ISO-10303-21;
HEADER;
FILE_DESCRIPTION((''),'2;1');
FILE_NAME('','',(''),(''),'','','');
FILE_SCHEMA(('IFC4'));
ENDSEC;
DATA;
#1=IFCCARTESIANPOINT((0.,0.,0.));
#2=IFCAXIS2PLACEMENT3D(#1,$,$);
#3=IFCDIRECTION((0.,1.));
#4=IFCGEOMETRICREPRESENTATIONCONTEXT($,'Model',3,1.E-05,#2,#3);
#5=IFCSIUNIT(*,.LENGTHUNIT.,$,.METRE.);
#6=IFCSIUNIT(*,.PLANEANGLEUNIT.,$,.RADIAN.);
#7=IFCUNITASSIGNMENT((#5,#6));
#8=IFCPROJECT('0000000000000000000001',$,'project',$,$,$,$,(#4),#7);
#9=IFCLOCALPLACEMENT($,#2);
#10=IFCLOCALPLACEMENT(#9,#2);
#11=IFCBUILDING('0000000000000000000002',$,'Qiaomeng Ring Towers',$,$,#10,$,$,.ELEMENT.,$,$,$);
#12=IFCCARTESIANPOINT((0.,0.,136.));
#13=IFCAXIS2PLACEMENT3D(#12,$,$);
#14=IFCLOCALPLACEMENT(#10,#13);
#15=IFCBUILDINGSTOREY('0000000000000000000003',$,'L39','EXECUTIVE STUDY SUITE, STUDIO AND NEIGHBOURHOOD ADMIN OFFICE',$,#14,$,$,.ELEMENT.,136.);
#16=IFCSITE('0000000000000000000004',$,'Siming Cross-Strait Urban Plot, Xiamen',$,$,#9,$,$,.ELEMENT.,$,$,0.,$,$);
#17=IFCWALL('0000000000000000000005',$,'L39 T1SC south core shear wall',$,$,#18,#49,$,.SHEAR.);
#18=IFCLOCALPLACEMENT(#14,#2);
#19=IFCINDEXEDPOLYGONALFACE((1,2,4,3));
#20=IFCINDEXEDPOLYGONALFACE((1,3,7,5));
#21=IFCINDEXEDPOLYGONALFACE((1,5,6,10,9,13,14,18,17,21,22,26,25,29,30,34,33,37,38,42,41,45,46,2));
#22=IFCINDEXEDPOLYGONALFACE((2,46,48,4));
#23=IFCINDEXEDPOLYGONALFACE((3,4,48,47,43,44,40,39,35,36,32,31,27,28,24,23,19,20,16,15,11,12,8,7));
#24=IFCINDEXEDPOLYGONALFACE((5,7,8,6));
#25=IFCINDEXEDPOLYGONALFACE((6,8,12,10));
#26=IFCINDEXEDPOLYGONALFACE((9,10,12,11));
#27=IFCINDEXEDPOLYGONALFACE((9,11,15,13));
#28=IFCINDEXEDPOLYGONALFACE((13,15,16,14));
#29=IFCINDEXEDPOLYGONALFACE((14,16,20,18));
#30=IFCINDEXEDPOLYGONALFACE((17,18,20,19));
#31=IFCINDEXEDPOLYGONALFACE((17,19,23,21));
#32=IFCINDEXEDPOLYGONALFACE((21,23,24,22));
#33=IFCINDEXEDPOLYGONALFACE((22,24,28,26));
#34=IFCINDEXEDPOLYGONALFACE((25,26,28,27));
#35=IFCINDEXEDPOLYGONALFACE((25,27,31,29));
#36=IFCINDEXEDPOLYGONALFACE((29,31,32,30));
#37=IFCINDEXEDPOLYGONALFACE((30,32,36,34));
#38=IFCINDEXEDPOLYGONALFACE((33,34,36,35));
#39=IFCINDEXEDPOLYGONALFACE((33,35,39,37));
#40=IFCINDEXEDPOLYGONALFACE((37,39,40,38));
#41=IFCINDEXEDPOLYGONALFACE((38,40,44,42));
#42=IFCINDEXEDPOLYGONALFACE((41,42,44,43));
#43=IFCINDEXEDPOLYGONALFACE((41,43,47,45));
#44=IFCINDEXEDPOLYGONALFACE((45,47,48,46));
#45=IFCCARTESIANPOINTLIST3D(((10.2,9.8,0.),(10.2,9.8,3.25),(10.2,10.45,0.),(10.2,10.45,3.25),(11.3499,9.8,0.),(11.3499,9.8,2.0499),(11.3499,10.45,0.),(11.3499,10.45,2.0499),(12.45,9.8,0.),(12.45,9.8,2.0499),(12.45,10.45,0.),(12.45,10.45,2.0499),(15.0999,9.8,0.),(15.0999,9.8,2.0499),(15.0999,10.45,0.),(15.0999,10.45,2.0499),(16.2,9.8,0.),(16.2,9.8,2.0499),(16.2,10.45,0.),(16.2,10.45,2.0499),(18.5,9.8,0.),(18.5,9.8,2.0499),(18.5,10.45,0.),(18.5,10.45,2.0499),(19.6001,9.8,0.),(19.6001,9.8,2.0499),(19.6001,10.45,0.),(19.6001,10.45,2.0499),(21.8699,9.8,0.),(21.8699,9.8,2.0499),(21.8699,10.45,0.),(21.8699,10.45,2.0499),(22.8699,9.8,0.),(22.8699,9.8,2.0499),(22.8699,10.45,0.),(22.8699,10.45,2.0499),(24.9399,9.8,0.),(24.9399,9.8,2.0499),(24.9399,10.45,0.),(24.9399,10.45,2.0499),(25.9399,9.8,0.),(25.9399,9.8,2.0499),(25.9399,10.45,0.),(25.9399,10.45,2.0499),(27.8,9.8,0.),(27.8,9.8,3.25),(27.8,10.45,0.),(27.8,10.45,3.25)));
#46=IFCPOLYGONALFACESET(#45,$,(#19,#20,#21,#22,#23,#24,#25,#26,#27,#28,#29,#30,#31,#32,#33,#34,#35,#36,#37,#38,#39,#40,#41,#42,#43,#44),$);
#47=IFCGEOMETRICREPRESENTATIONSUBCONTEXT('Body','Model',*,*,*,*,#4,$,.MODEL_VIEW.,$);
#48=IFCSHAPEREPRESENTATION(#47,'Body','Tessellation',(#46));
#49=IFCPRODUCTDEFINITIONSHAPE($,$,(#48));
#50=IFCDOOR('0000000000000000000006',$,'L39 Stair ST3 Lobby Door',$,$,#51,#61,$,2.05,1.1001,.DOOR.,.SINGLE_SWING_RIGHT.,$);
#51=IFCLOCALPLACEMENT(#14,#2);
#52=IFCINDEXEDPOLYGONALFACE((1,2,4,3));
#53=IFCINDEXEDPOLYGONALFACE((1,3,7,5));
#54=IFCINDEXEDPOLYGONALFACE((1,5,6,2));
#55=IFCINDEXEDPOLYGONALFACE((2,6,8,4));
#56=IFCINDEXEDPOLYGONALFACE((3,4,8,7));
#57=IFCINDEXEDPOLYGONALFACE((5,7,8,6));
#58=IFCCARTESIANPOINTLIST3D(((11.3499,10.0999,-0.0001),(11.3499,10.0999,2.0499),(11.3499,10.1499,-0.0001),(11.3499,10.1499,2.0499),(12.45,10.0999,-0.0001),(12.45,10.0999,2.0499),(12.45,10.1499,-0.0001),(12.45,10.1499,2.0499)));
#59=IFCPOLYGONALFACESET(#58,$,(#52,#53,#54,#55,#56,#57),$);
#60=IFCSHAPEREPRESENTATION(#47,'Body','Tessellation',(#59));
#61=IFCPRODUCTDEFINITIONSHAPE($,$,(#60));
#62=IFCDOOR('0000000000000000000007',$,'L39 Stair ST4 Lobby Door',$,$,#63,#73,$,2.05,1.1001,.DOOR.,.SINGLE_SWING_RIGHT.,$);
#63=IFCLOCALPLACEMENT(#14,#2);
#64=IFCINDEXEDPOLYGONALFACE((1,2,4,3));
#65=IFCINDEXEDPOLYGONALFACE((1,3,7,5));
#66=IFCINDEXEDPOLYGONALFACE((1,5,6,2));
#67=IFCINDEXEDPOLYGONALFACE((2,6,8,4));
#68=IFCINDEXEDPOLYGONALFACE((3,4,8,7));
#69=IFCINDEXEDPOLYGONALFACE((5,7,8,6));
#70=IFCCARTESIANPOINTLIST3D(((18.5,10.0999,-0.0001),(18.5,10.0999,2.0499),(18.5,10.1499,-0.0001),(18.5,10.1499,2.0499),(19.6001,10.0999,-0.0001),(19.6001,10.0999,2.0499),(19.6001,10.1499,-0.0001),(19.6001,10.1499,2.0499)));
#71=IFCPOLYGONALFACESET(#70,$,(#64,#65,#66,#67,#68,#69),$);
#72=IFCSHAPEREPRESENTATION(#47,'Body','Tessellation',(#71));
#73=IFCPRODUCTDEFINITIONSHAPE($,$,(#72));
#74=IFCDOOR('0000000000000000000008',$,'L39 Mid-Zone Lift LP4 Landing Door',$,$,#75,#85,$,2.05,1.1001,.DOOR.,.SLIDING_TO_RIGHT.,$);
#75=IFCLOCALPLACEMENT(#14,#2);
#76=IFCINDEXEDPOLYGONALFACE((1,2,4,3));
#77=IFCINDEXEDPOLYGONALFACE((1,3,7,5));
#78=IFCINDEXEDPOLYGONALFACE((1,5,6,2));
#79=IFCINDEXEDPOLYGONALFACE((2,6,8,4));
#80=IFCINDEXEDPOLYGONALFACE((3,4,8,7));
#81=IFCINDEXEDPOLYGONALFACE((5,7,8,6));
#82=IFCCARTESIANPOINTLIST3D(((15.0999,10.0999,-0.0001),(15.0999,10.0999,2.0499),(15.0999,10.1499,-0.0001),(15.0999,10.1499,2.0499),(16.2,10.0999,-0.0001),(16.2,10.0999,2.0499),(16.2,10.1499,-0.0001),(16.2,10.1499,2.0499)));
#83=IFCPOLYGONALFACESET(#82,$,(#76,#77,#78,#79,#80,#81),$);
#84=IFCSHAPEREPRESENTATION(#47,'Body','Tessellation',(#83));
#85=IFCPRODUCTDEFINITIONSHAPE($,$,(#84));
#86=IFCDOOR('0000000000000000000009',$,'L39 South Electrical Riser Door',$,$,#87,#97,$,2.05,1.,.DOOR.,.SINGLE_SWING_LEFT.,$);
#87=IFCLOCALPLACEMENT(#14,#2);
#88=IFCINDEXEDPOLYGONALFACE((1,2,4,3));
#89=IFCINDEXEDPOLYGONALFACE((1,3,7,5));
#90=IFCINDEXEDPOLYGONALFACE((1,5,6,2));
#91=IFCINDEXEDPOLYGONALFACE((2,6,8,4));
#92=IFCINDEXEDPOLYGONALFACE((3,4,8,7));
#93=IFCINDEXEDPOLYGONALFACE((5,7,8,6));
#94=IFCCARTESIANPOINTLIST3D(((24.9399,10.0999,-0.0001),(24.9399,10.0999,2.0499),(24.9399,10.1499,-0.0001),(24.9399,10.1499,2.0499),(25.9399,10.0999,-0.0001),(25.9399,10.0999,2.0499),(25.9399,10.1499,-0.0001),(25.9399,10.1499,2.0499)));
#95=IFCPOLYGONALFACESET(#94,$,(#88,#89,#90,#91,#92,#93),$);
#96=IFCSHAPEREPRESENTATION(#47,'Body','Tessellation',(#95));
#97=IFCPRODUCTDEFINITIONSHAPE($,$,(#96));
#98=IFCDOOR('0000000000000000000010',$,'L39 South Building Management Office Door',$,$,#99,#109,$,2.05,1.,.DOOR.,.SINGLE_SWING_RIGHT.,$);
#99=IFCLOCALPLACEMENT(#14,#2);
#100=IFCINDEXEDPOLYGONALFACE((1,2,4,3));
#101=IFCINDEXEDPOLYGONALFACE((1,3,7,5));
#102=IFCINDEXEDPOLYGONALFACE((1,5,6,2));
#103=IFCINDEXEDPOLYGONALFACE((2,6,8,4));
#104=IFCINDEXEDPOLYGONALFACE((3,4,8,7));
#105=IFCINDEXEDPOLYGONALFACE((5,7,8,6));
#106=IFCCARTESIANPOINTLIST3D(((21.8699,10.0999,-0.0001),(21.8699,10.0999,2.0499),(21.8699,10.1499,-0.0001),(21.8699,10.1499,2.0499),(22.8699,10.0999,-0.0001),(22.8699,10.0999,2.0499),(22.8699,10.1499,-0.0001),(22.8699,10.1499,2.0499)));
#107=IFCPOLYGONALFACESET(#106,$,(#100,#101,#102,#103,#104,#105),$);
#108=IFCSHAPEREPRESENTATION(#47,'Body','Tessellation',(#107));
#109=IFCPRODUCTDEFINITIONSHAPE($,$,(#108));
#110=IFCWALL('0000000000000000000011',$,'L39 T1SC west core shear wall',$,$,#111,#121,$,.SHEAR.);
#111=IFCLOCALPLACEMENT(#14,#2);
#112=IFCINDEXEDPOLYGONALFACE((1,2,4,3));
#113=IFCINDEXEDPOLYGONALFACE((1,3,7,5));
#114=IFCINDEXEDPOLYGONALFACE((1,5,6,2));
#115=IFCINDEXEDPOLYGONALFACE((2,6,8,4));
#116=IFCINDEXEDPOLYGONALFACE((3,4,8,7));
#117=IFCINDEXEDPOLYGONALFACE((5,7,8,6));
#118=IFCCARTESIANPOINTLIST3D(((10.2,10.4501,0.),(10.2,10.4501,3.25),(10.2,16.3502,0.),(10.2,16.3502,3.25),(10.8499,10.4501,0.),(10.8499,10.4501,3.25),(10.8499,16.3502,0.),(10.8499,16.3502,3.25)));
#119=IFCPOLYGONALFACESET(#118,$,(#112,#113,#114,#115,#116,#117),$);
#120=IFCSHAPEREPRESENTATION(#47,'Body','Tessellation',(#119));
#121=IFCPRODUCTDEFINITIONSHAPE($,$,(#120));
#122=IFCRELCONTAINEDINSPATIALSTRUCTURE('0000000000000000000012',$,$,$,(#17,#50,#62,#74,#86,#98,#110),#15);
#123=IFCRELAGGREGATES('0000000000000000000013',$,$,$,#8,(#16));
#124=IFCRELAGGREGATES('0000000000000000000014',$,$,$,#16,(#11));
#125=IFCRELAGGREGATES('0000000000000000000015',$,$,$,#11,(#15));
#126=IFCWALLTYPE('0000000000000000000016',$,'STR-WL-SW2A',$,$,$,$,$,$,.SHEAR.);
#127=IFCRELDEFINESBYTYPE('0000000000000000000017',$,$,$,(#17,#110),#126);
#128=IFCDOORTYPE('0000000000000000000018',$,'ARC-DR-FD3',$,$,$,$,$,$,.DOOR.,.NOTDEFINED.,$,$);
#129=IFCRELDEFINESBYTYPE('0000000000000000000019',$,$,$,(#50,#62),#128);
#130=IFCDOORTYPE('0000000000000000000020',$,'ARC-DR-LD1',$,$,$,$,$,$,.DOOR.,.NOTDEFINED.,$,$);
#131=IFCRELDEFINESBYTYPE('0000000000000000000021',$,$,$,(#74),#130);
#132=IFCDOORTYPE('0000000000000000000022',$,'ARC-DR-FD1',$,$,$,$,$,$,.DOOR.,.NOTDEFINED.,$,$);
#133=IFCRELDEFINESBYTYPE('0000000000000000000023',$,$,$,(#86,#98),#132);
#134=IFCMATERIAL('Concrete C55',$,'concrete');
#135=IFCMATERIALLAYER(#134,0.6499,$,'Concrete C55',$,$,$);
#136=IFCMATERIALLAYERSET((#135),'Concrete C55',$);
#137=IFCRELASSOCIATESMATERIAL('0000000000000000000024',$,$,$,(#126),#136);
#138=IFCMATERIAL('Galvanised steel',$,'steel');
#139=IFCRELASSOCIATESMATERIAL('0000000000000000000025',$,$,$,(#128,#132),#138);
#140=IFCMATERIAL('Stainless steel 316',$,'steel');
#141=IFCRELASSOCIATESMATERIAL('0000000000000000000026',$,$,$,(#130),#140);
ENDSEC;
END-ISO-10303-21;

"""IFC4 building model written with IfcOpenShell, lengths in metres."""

from ifc_helpers import new_model, si_unit, direction, frame, frame_2d, origin, place, context, subcontext, project, spatial, rectangle, extrude, source, transform, mapped, material, layer, layer_set, type_object, element, fill, save


model = new_model("IFC4")

# Units and contexts
model_context = context("Model", 3, precision=1e-05, world=origin(), true_north=direction((0.0, 1.0)))
body_context = subcontext(model_context, "Body", "Model", "MODEL_VIEW")
ifc_project = project(units=[si_unit("LENGTHUNIT", "METRE"), si_unit("PLANEANGLEUNIT", "RADIAN")], contexts=[model_context])

# Site, building, storey
site_placement = place(None, origin())
site = spatial("IfcSite", under=ifc_project, at=site_placement, Name="Siming Cross-Strait Urban Plot, Xiamen", CompositionType="ELEMENT", RefElevation=0.0)
building_placement = place(site_placement, origin())
building = spatial("IfcBuilding", under=site, at=building_placement, Name="Qiaomeng Ring Towers", CompositionType="ELEMENT")
storey_placement = place(building_placement, frame((0.0, 0.0, 136.0)))
storey = spatial("IfcBuildingStorey", under=building, at=storey_placement, Name="L39", Description="EXECUTIVE STUDY SUITE, STUDIO AND NEIGHBOURHOOD ADMIN OFFICE", CompositionType="ELEMENT", Elevation=136.0)

# Shared definitions
shared_shape_1 = source(origin(), body_context, "Body", "SweptSolid", [
    extrude(rectangle(XDim=1.0, YDim=2.05, at=frame_2d((0.5, 1.0249))), frame((0.0, 0.0249, 0.0), z_axis=(0.0, -1.0, 0.0), x_axis=(1.0, 0.0, 0.0)), (0.0, 0.0, 1.0), 0.05),
])

# Wall, openings, doors
ifc_material_1 = material(Name="Concrete C55", Category="concrete")
ifc_layer_1 = layer(ifc_material_1, 0.6499, Name="Concrete C55")
ifc_layer_set_1 = layer_set([ifc_layer_1], Name="Concrete C55")
wall_type_1 = type_object("IfcWallType", Name="STR-WL-SW2A", PredefinedType="SHEAR", material=ifc_layer_set_1)
wall_1_placement = place(storey_placement, frame((10.2, 10.125, 0.0), z_axis=(0.0, 0.0, 1.0), x_axis=(1.0, 0.0, 0.0)))
wall_1 = element("IfcWall", 1, at=wall_1_placement, inside=storey, type_object=wall_type_1, Name="L39 T1SC south core shear wall", PredefinedType="SHEAR", context=body_context, shape_type="SweptSolid", body=[
    extrude(rectangle(XDim=17.6001, YDim=0.6499, at=frame_2d((8.8, 0.0))), origin(), (0.0, 0.0, 1.0), 3.25),
])
opening_1_placement = place(wall_1_placement, frame((1.1499, 0.0, 0.0)))
opening_1 = element("IfcOpeningElement", 2, at=opening_1_placement, cuts=wall_1, PredefinedType="OPENING", context=body_context, shape_type="SweptSolid", body=[
    extrude(rectangle(XDim=1.1001, YDim=2.05, at=frame_2d((0.55, 1.0249))), frame((0.0, 0.335, 0.0), z_axis=(0.0, -1.0, 0.0), x_axis=(1.0, 0.0, 0.0)), (0.0, 0.0, 1.0), 0.6699),
])
opening_2_placement = place(wall_1_placement, frame((8.3, 0.0, 0.0)))
opening_2 = element("IfcOpeningElement", 3, at=opening_2_placement, cuts=wall_1, PredefinedType="OPENING", context=body_context, shape_type="SweptSolid", body=[
    extrude(rectangle(XDim=1.1001, YDim=2.05, at=frame_2d((0.55, 1.0249))), frame((0.0, 0.335, 0.0), z_axis=(0.0, -1.0, 0.0), x_axis=(1.0, 0.0, 0.0)), (0.0, 0.0, 1.0), 0.6699),
])
opening_3_placement = place(wall_1_placement, frame((4.8999, 0.0, 0.0)))
opening_3 = element("IfcOpeningElement", 4, at=opening_3_placement, cuts=wall_1, PredefinedType="OPENING", context=body_context, shape_type="SweptSolid", body=[
    extrude(rectangle(XDim=1.1001, YDim=2.05, at=frame_2d((0.55, 1.0249))), frame((0.0, 0.335, 0.0), z_axis=(0.0, -1.0, 0.0), x_axis=(1.0, 0.0, 0.0)), (0.0, 0.0, 1.0), 0.6699),
])
opening_4_placement = place(wall_1_placement, frame((14.74, 0.0, 0.0)))
opening_4 = element("IfcOpeningElement", 5, at=opening_4_placement, cuts=wall_1, PredefinedType="OPENING", context=body_context, shape_type="SweptSolid", body=[
    extrude(rectangle(XDim=1.0, YDim=2.05, at=frame_2d((0.5, 1.0249))), frame((0.0, 0.335, 0.0), z_axis=(0.0, -1.0, 0.0), x_axis=(1.0, 0.0, 0.0)), (0.0, 0.0, 1.0), 0.6699),
])
opening_5_placement = place(wall_1_placement, frame((11.6699, 0.0, 0.0)))
opening_5 = element("IfcOpeningElement", 6, at=opening_5_placement, cuts=wall_1, PredefinedType="OPENING", context=body_context, shape_type="SweptSolid", body=[
    extrude(rectangle(XDim=1.0, YDim=2.05, at=frame_2d((0.5, 1.0249))), frame((0.0, 0.335, 0.0), z_axis=(0.0, -1.0, 0.0), x_axis=(1.0, 0.0, 0.0)), (0.0, 0.0, 1.0), 0.6699),
])
ifc_material_2 = material(Name="Galvanised steel", Category="steel")
door_type_1 = type_object("IfcDoorType", Name="ARC-DR-FD3", OperationType="NOTDEFINED", PredefinedType="DOOR", material=ifc_material_2)
shared_shape_2 = source(origin(), body_context, "Body", "SweptSolid", [
    extrude(rectangle(XDim=1.1001, YDim=2.05, at=frame_2d((0.55, 1.0249))), frame((0.0, 0.0249, 0.0), z_axis=(0.0, -1.0, 0.0), x_axis=(1.0, 0.0, 0.0)), (0.0, 0.0, 1.0), 0.05),
])
door_1_placement = place(opening_1_placement, origin())
door_1 = element("IfcDoor", 7, at=door_1_placement, inside=storey, type_object=door_type_1, Name="L39 Stair ST3 Lobby Door", OperationType="SINGLE_SWING_RIGHT", OverallHeight=2.05, OverallWidth=1.1001, PredefinedType="DOOR", context=body_context, shape_type="MappedRepresentation", body=[
    mapped(shared_shape_2, transform((0.0, 0.0, 0.0), x_axis=(1.0, 0.0, 0.0), y_axis=(0.0, 1.0, 0.0), z_axis=(0.0, 0.0, 1.0), scale=1.0)),
])
fill(opening_1, door_1)
door_2_placement = place(opening_2_placement, origin())
door_2 = element("IfcDoor", 8, at=door_2_placement, inside=storey, type_object=door_type_1, Name="L39 Stair ST4 Lobby Door", OperationType="SINGLE_SWING_RIGHT", OverallHeight=2.05, OverallWidth=1.1001, PredefinedType="DOOR", context=body_context, shape_type="MappedRepresentation", body=[
    mapped(shared_shape_2, transform((0.0, 0.0, 0.0), x_axis=(1.0, 0.0, 0.0), y_axis=(0.0, 1.0, 0.0), z_axis=(0.0, 0.0, 1.0), scale=1.0)),
])
fill(opening_2, door_2)
ifc_material_3 = material(Name="Stainless steel 316", Category="steel")
door_type_2 = type_object("IfcDoorType", Name="ARC-DR-LD1", OperationType="NOTDEFINED", PredefinedType="DOOR", material=ifc_material_3)
door_3_placement = place(opening_3_placement, origin())
door_3 = element("IfcDoor", 9, at=door_3_placement, inside=storey, type_object=door_type_2, Name="L39 Mid-Zone Lift LP4 Landing Door", OperationType="SLIDING_TO_RIGHT", OverallHeight=2.05, OverallWidth=1.1001, PredefinedType="DOOR", context=body_context, shape_type="MappedRepresentation", body=[
    mapped(shared_shape_2, transform((0.0, 0.0, 0.0), x_axis=(1.0, 0.0, 0.0), y_axis=(0.0, 1.0, 0.0), z_axis=(0.0, 0.0, 1.0), scale=1.0)),
])
fill(opening_3, door_3)
door_type_3 = type_object("IfcDoorType", Name="ARC-DR-FD1", OperationType="NOTDEFINED", PredefinedType="DOOR", material=ifc_material_2)
door_4_placement = place(opening_4_placement, origin())
door_4 = element("IfcDoor", 10, at=door_4_placement, inside=storey, type_object=door_type_3, Name="L39 South Electrical Riser Door", OperationType="SINGLE_SWING_LEFT", OverallHeight=2.05, OverallWidth=1.0, PredefinedType="DOOR", context=body_context, shape_type="MappedRepresentation", body=[
    mapped(shared_shape_1, transform((0.0, 0.0, 0.0), x_axis=(1.0, 0.0, 0.0), y_axis=(0.0, 1.0, 0.0), z_axis=(0.0, 0.0, 1.0), scale=1.0)),
])
fill(opening_4, door_4)
door_5_placement = place(opening_5_placement, origin())
door_5 = element("IfcDoor", 11, at=door_5_placement, inside=storey, type_object=door_type_3, Name="L39 South Building Management Office Door", OperationType="SINGLE_SWING_RIGHT", OverallHeight=2.05, OverallWidth=1.0, PredefinedType="DOOR", context=body_context, shape_type="MappedRepresentation", body=[
    mapped(shared_shape_1, transform((0.0, 0.0, 0.0), x_axis=(1.0, 0.0, 0.0), y_axis=(0.0, 1.0, 0.0), z_axis=(0.0, 0.0, 1.0), scale=1.0)),
])
fill(opening_5, door_5)

# Wall
wall_2_placement = place(storey_placement, frame((10.5249, 10.45, 0.0), z_axis=(0.0, 0.0, 1.0), x_axis=(0.0, 1.0, 0.0)))
element("IfcWall", 12, at=wall_2_placement, inside=storey, type_object=wall_type_1, Name="L39 T1SC west core shear wall", PredefinedType="SHEAR", context=body_context, shape_type="SweptSolid", body=[
    extrude(rectangle(XDim=5.9001, YDim=0.6499, at=frame_2d((2.9502, 0.0))), origin(), (0.0, 0.0, 1.0), 3.25),
])

save(model, "model.ifc")
